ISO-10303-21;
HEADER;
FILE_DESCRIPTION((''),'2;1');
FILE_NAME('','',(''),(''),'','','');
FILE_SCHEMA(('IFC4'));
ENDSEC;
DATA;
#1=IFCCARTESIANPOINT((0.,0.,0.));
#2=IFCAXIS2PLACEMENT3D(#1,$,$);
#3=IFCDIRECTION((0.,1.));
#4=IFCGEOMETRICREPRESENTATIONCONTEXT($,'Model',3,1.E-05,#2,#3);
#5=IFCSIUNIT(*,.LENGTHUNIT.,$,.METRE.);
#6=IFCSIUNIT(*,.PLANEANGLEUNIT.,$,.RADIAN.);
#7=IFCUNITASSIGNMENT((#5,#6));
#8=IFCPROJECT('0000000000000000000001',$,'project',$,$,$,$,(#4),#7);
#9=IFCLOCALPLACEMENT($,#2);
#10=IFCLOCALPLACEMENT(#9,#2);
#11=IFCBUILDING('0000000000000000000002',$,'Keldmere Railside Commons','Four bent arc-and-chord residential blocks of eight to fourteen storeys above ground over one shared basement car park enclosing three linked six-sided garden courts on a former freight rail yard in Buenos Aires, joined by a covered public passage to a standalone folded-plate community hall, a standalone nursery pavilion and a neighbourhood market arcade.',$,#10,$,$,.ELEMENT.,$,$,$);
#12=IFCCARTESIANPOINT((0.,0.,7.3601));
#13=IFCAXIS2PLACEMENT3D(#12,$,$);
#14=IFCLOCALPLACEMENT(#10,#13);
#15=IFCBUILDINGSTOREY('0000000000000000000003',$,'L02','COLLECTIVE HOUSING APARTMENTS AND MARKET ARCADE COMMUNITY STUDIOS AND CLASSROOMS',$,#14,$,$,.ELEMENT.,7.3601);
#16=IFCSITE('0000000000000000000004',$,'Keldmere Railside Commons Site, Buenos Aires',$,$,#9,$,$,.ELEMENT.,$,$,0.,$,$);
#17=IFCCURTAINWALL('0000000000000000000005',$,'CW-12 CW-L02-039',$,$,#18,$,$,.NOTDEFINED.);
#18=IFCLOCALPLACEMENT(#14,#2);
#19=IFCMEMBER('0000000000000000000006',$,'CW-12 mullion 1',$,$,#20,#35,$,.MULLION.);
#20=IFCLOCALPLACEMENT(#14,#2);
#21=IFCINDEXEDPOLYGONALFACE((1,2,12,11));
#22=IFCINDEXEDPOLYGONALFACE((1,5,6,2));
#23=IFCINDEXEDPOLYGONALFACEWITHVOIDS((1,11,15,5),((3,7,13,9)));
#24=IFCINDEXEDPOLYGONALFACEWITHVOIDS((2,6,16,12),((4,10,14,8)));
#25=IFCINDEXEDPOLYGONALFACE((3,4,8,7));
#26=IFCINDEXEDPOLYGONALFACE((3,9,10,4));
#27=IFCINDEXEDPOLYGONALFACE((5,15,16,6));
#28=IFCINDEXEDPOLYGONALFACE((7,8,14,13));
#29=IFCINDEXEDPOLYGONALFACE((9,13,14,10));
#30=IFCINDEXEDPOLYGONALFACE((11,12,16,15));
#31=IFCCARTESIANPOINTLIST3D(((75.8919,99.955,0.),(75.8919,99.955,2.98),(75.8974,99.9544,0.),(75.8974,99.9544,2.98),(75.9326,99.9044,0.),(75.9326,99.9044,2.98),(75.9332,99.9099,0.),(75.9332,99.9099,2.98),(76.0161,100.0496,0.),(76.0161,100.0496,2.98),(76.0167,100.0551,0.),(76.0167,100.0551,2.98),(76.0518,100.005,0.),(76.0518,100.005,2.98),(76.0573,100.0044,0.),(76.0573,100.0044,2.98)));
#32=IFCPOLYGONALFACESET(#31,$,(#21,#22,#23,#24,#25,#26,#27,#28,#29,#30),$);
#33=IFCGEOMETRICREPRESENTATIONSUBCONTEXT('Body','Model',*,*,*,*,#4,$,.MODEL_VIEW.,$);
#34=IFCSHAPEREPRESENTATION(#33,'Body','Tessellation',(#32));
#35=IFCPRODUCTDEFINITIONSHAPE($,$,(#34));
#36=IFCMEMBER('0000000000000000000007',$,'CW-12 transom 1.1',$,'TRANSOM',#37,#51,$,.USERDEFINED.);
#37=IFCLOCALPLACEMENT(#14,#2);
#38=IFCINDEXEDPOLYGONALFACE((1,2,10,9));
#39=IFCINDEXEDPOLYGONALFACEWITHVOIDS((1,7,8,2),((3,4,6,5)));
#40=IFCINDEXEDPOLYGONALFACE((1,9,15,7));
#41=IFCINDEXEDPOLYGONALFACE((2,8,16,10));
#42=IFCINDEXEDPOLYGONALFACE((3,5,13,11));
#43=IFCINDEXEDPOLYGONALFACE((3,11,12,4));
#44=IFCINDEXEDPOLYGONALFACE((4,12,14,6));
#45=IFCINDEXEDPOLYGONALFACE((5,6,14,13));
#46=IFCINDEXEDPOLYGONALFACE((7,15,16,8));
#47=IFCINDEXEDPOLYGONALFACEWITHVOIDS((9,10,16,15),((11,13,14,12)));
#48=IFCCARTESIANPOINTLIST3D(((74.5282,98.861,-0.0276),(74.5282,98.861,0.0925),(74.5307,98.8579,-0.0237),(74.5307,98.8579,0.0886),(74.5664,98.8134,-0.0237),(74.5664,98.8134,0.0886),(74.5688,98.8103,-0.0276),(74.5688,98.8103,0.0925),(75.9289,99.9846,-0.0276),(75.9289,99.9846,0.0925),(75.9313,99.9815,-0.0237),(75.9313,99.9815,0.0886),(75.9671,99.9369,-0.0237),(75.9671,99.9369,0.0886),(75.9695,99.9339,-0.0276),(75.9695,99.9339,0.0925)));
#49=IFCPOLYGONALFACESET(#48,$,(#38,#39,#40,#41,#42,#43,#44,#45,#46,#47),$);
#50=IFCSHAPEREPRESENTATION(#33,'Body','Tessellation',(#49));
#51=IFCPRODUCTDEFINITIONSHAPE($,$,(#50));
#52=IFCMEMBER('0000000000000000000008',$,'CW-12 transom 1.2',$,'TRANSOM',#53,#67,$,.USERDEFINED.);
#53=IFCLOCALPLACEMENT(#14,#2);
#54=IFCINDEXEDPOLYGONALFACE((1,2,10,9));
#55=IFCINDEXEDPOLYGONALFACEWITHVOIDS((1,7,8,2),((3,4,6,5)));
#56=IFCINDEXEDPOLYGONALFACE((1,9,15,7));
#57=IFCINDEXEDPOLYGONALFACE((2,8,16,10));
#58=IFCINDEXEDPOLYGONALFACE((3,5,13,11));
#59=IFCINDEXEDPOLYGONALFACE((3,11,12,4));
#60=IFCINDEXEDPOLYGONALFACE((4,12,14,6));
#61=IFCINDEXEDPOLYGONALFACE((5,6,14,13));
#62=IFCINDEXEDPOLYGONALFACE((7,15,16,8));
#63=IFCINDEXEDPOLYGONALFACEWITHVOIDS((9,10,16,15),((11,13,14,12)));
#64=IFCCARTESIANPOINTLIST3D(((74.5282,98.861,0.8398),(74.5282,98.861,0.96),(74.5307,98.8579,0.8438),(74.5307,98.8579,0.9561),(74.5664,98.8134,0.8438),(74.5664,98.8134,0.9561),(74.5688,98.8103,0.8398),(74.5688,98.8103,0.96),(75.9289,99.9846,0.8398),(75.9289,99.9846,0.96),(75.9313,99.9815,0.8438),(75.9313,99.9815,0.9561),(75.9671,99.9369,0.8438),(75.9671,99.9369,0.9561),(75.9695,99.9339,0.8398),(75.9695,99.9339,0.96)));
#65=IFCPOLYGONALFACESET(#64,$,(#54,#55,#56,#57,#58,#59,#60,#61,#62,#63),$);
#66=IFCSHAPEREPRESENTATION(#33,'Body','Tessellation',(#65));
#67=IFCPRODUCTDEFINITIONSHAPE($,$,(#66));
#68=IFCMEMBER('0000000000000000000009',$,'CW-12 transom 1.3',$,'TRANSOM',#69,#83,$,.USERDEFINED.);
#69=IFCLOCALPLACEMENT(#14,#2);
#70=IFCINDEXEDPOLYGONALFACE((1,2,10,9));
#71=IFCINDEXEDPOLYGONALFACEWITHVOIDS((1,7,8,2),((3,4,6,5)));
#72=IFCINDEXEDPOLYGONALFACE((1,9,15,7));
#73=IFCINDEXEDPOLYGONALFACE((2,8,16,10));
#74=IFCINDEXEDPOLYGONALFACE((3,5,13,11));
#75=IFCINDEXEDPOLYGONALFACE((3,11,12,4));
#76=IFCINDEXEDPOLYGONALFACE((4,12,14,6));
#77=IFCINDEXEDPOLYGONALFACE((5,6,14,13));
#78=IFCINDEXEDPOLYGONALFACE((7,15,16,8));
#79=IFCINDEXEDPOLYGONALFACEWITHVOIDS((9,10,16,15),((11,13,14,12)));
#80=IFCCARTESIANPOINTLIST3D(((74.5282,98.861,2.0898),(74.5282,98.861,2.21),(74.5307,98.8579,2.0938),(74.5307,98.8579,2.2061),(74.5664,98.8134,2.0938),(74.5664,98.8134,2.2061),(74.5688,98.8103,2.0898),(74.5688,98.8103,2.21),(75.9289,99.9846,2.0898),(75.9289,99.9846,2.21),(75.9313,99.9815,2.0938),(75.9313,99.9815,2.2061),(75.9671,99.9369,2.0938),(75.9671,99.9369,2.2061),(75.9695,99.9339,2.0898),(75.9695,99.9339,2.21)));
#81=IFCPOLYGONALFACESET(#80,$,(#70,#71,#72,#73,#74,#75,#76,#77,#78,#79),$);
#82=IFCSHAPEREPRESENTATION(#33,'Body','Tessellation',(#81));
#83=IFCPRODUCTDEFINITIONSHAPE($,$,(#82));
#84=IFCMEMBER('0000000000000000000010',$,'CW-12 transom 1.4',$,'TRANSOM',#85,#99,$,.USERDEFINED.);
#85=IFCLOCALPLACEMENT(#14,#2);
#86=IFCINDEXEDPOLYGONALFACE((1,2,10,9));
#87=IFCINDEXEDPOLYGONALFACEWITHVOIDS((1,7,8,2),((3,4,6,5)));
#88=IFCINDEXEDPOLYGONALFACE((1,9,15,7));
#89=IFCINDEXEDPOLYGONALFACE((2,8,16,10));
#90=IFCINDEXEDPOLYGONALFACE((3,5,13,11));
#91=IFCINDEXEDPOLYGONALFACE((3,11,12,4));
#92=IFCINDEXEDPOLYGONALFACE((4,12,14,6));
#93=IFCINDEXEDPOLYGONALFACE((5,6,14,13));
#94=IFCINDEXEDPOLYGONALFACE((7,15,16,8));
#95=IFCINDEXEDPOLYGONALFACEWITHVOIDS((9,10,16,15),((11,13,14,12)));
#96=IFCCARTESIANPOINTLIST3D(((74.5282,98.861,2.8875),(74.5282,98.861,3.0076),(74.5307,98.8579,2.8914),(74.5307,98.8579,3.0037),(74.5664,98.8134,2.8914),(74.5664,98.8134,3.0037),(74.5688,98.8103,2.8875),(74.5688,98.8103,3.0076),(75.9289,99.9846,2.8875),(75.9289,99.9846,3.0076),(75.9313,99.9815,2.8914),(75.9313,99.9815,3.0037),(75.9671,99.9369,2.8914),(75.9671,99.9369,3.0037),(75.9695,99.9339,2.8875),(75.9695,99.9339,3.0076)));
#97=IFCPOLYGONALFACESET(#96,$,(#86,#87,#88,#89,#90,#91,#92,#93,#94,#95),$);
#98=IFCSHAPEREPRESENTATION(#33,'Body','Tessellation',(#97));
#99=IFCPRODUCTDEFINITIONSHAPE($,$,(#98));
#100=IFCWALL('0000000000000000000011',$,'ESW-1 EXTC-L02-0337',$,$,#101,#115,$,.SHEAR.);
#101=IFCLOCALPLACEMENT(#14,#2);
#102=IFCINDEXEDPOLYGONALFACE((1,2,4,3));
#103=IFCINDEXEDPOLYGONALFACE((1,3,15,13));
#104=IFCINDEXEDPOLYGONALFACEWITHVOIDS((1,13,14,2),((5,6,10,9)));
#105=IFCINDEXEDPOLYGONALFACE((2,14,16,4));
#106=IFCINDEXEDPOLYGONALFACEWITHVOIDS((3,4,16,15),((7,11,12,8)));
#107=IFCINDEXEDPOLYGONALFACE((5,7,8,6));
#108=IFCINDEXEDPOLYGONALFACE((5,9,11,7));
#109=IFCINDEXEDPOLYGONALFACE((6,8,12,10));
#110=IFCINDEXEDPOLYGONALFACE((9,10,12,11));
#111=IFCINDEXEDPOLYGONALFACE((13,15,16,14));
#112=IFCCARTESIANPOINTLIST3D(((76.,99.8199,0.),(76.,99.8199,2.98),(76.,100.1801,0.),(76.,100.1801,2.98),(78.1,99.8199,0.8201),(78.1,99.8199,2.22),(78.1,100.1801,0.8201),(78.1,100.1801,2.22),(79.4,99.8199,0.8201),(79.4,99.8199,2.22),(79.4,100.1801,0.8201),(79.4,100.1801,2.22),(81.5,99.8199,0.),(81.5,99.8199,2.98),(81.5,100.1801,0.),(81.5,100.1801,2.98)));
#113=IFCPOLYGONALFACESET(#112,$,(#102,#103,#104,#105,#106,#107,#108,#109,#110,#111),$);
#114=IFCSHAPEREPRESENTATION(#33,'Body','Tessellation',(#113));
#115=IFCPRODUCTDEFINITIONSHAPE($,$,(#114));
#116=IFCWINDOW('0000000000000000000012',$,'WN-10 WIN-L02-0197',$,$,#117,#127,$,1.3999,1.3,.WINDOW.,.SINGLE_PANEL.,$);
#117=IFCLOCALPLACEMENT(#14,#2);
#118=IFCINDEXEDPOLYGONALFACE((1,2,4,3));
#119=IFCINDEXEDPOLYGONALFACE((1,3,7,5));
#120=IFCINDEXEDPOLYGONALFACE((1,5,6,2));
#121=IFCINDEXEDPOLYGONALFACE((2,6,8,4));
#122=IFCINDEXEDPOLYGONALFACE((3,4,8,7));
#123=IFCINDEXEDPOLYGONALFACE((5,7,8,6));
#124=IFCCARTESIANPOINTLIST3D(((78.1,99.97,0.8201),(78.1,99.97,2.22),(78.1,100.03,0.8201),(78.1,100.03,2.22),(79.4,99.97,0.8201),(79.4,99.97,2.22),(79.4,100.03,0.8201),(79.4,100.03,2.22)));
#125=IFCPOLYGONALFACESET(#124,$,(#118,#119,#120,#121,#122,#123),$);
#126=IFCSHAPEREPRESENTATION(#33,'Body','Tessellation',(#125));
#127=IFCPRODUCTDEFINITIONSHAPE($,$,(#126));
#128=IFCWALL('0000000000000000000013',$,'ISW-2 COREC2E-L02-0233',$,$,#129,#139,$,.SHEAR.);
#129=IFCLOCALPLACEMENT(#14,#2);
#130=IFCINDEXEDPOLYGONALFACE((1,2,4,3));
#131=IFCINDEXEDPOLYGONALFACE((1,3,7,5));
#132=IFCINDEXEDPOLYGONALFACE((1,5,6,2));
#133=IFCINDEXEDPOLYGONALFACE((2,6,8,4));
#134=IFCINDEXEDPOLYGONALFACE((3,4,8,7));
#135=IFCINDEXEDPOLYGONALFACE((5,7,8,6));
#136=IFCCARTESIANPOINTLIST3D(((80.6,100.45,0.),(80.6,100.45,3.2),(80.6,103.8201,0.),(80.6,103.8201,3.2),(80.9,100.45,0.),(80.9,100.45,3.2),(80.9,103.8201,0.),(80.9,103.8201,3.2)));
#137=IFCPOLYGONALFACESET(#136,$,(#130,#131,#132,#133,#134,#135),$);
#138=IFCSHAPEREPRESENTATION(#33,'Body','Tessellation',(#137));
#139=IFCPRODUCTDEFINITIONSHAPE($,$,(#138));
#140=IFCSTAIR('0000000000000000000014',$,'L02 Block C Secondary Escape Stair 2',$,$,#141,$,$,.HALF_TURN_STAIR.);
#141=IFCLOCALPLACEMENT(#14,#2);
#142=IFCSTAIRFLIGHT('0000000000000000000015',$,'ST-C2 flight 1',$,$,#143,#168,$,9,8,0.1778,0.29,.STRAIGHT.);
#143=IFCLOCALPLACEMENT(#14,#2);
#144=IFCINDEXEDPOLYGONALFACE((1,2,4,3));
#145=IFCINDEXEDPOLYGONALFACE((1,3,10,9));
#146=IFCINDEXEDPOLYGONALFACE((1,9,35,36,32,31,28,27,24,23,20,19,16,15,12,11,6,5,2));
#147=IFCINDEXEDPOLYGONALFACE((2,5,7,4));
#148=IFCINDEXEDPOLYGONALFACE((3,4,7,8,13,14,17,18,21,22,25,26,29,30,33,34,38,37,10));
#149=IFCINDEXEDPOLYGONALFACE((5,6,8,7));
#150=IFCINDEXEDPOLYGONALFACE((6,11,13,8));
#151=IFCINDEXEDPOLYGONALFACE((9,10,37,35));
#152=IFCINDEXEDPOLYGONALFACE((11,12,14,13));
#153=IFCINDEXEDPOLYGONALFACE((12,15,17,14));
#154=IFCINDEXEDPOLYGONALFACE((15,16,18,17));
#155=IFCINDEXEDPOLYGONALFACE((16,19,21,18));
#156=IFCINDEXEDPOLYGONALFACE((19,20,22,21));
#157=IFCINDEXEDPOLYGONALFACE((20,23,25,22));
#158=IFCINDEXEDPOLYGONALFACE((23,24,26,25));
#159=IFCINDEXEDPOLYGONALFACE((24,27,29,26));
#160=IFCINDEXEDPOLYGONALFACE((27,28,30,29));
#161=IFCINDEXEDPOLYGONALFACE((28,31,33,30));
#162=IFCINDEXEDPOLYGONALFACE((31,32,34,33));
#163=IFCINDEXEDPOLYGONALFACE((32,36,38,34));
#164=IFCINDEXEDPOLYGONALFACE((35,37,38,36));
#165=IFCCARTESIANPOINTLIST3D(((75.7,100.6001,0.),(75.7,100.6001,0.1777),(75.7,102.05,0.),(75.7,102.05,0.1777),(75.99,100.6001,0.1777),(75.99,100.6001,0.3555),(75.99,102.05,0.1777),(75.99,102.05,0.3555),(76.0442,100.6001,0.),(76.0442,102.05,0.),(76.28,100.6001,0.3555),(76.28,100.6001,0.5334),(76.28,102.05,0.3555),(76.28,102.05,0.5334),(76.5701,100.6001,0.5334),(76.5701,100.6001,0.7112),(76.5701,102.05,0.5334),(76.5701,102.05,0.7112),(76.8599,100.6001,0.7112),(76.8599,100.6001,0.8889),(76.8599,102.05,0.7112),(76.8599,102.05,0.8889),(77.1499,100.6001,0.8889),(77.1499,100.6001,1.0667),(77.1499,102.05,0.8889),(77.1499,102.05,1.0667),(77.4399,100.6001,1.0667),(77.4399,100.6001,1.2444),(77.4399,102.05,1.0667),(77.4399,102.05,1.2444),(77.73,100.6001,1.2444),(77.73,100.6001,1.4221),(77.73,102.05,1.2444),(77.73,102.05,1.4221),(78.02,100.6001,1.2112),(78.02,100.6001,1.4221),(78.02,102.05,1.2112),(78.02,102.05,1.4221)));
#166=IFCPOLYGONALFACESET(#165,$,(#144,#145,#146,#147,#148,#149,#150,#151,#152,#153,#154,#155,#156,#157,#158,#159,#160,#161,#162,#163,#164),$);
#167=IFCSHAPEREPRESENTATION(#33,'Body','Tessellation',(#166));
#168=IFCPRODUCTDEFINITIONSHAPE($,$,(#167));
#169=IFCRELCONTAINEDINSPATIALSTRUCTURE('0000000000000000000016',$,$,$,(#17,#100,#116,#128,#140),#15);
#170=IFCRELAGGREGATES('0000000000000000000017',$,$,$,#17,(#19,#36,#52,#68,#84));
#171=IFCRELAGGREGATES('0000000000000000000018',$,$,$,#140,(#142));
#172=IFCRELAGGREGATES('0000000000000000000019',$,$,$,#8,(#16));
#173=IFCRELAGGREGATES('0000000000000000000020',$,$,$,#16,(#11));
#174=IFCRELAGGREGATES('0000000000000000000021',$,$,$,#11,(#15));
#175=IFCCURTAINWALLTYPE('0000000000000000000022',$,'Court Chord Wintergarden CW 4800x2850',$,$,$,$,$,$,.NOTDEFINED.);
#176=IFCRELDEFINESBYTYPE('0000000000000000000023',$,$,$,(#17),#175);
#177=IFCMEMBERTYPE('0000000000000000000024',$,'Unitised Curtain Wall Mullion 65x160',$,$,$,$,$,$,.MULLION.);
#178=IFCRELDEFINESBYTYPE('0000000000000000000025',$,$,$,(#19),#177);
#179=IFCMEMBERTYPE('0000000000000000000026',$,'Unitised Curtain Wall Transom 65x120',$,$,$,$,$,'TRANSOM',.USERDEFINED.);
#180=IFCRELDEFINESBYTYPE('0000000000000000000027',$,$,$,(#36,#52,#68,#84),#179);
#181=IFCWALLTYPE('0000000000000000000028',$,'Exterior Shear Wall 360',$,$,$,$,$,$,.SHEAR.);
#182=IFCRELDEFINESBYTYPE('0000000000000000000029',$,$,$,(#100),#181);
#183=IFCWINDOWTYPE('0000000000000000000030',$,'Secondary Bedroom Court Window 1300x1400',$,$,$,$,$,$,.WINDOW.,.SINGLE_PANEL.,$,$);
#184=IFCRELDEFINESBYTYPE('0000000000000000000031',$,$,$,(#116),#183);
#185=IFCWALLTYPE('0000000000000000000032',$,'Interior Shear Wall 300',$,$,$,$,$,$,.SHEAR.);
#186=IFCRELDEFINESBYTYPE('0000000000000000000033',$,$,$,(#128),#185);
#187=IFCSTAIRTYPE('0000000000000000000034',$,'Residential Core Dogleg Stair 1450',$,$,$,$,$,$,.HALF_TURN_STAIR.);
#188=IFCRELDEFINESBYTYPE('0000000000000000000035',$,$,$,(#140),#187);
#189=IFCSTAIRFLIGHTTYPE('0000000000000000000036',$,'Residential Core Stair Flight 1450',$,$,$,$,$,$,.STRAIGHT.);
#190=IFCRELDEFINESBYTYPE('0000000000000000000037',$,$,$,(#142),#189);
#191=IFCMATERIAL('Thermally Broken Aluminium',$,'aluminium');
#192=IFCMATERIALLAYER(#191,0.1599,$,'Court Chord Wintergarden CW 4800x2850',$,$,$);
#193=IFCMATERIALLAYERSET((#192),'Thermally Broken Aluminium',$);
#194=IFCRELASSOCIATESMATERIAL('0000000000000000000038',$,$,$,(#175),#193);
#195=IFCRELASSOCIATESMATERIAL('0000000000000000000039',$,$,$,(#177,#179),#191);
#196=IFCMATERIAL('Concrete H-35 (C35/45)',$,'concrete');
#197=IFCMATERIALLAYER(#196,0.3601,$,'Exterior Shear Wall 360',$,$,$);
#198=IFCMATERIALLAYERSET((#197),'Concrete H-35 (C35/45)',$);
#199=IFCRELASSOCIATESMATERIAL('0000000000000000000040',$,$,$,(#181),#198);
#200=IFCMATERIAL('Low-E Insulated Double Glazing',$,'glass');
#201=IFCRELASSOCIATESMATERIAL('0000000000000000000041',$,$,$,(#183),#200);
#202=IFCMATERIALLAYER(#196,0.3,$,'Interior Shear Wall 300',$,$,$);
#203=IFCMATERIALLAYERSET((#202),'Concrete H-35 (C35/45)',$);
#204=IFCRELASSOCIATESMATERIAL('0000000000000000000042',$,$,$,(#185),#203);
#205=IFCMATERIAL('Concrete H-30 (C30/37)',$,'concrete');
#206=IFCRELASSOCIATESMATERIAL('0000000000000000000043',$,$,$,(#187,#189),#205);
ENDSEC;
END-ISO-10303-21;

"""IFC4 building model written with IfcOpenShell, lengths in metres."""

from ifc_helpers import new_model, si_unit, direction, frame, frame_2d, origin, origin_2d, place, context, subcontext, project, spatial, polyline, rectangle, hollow_rectangle, outline, extrude, material, layer, layer_set, material_profile, profile_set, type_object, element, fill, aggregate, save


model = new_model("IFC4")

# Units and contexts
model_context = context("Model", 3, precision=1e-05, world=origin(), true_north=direction((0.0, 1.0)))
body_context = subcontext(model_context, "Body", "Model", "MODEL_VIEW")
ifc_project = project(units=[si_unit("LENGTHUNIT", "METRE"), si_unit("PLANEANGLEUNIT", "RADIAN")], contexts=[model_context])

# Site, building, storey
site_placement = place(None, origin())
site = spatial("IfcSite", under=ifc_project, at=site_placement, Name="Keldmere Railside Commons Site, Buenos Aires", CompositionType="ELEMENT", RefElevation=0.0)
building_placement = place(site_placement, origin())
building = spatial("IfcBuilding", under=site, at=building_placement, Name="Keldmere Railside Commons", Description="Four bent arc-and-chord residential blocks of eight to fourteen storeys above ground over one shared basement car park enclosing three linked six-sided garden courts on a former freight rail yard in Buenos Aires, joined by a covered public passage to a standalone folded-plate community hall, a standalone nursery pavilion and a neighbourhood market arcade.", CompositionType="ELEMENT")
storey_placement = place(building_placement, frame((0.0, 0.0, 7.3601)))
storey = spatial("IfcBuildingStorey", under=building, at=storey_placement, Name="L02", Description="COLLECTIVE HOUSING APARTMENTS AND MARKET ARCADE COMMUNITY STUDIOS AND CLASSROOMS", CompositionType="ELEMENT", Elevation=7.3601)

# Curtain wall, members
ifc_material_1 = material(Name="Thermally Broken Aluminium", Category="aluminium")
ifc_layer_1 = layer(ifc_material_1, 0.1599, Name="Court Chord Wintergarden CW 4800x2850")
ifc_layer_set_1 = layer_set([ifc_layer_1], Name="Thermally Broken Aluminium")
curtain_wall_type = type_object("IfcCurtainWallType", Name="Court Chord Wintergarden CW 4800x2850", PredefinedType="NOTDEFINED", material=ifc_layer_set_1)
curtain_wall_placement = place(storey_placement, origin())
curtain_wall = element("IfcCurtainWall", 1, at=curtain_wall_placement, inside=storey, type_object=curtain_wall_type, Name="CW-12 CW-L02-039", PredefinedType="NOTDEFINED")
ifc_material_profile_1 = material_profile(ifc_material_1, hollow_rectangle(XDim=0.0649, YDim=0.1599, WallThickness=0.0039, at=origin_2d()), Name="ALU-MULL-65x160")
ifc_profile_set_1 = profile_set([ifc_material_profile_1], Name="Thermally Broken Aluminium")
member_type_1 = type_object("IfcMemberType", Name="Unitised Curtain Wall Mullion 65x160", PredefinedType="MULLION", material=ifc_profile_set_1)
member_1_placement = place(storey_placement, frame((75.9746, 99.9797, 0.0), z_axis=(0.0, 0.0, 1.0), x_axis=(0.625768, -0.780009, 0.0)))
member_1 = element("IfcMember", 2, at=member_1_placement, type_object=member_type_1, Name="CW-12 mullion 1", PredefinedType="MULLION", context=body_context, shape_type="SweptSolid", body=[
    extrude(hollow_rectangle(XDim=0.0649, YDim=0.1599, WallThickness=0.0039, at=origin_2d()), origin(), (0.0, 0.0, 1.0), 2.98),
])
ifc_material_profile_2 = material_profile(ifc_material_1, hollow_rectangle(XDim=0.0649, YDim=0.1201, WallThickness=0.0039, at=origin_2d()), Name="ALU-TRAN-65x120")
ifc_profile_set_2 = profile_set([ifc_material_profile_2], Name="Thermally Broken Aluminium")
member_type_2 = type_object("IfcMemberType", Name="Unitised Curtain Wall Transom 65x120", ElementType="TRANSOM", PredefinedType="USERDEFINED", material=ifc_profile_set_2)
member_2_placement = place(storey_placement, frame((75.9492, 99.9592, 0.0325), z_axis=(-0.780046, -0.625723, 0.0), x_axis=(0.625723, -0.780046, 0.0)))
member_2 = element("IfcMember", 3, at=member_2_placement, type_object=member_type_2, Name="CW-12 transom 1.1", ObjectType="TRANSOM", PredefinedType="USERDEFINED", context=body_context, shape_type="SweptSolid", body=[
    extrude(hollow_rectangle(XDim=0.0649, YDim=0.1201, WallThickness=0.0039, at=origin_2d()), origin(), (0.0, 0.0, 1.0), 1.7957),
])
member_3_placement = place(storey_placement, frame((75.9492, 99.9592, 0.8999), z_axis=(-0.780046, -0.625723, 0.0), x_axis=(0.625723, -0.780046, 0.0)))
member_3 = element("IfcMember", 4, at=member_3_placement, type_object=member_type_2, Name="CW-12 transom 1.2", ObjectType="TRANSOM", PredefinedType="USERDEFINED", context=body_context, shape_type="SweptSolid", body=[
    extrude(hollow_rectangle(XDim=0.0649, YDim=0.1201, WallThickness=0.0039, at=origin_2d()), origin(), (0.0, 0.0, 1.0), 1.7957),
])
member_4_placement = place(storey_placement, frame((75.9492, 99.9592, 2.1499), z_axis=(-0.780046, -0.625723, 0.0), x_axis=(0.625723, -0.780046, 0.0)))
member_4 = element("IfcMember", 5, at=member_4_placement, type_object=member_type_2, Name="CW-12 transom 1.3", ObjectType="TRANSOM", PredefinedType="USERDEFINED", context=body_context, shape_type="SweptSolid", body=[
    extrude(hollow_rectangle(XDim=0.0649, YDim=0.1201, WallThickness=0.0039, at=origin_2d()), origin(), (0.0, 0.0, 1.0), 1.7957),
])
member_5_placement = place(storey_placement, frame((75.9492, 99.9592, 2.9475), z_axis=(-0.780046, -0.625723, 0.0), x_axis=(0.625723, -0.780046, 0.0)))
member_5 = element("IfcMember", 6, at=member_5_placement, type_object=member_type_2, Name="CW-12 transom 1.4", ObjectType="TRANSOM", PredefinedType="USERDEFINED", context=body_context, shape_type="SweptSolid", body=[
    extrude(hollow_rectangle(XDim=0.0649, YDim=0.1201, WallThickness=0.0039, at=origin_2d()), origin(), (0.0, 0.0, 1.0), 1.7957),
])
aggregate(curtain_wall, [member_1, member_2, member_3, member_4, member_5])

# Wall, opening, window
ifc_material_2 = material(Name="Concrete H-35 (C35/45)", Category="concrete")
ifc_layer_2 = layer(ifc_material_2, 0.3601, Name="Exterior Shear Wall 360")
ifc_layer_set_2 = layer_set([ifc_layer_2], Name="Concrete H-35 (C35/45)")
wall_type_1 = type_object("IfcWallType", Name="Exterior Shear Wall 360", PredefinedType="SHEAR", material=ifc_layer_set_2)
wall_1_placement = place(storey_placement, frame((81.5, 100.0, 0.0), z_axis=(0.0, 0.0, 1.0), x_axis=(-1.0, 0.0, 0.0)))
wall_1 = element("IfcWall", 7, at=wall_1_placement, inside=storey, type_object=wall_type_1, Name="ESW-1 EXTC-L02-0337", PredefinedType="SHEAR", context=body_context, shape_type="SweptSolid", body=[
    extrude(rectangle(XDim=5.5, YDim=0.3601, at=frame_2d((2.75, 0.0))), origin(), (0.0, 0.0, 1.0), 2.98),
])
opening_placement = place(wall_1_placement, frame((2.1001, 0.0, 0.8201)))
opening = element("IfcOpeningElement", 8, at=opening_placement, cuts=wall_1, PredefinedType="OPENING", context=body_context, shape_type="SweptSolid", body=[
    extrude(rectangle(XDim=1.3, YDim=1.3999, at=frame_2d((0.6499, 0.7))), frame((0.0, 0.1899, 0.0), z_axis=(0.0, -1.0, 0.0), x_axis=(1.0, 0.0, 0.0)), (0.0, 0.0, 1.0), 0.3801),
])
ifc_material_3 = material(Name="Low-E Insulated Double Glazing", Category="glass")
window_type = type_object("IfcWindowType", Name="Secondary Bedroom Court Window 1300x1400", PartitioningType="SINGLE_PANEL", PredefinedType="WINDOW", material=ifc_material_3)
window_placement = place(opening_placement, origin())
window = element("IfcWindow", 9, at=window_placement, inside=storey, type_object=window_type, Name="WN-10 WIN-L02-0197", OverallHeight=1.3999, OverallWidth=1.3, PartitioningType="SINGLE_PANEL", PredefinedType="WINDOW", context=body_context, shape_type="SweptSolid", body=[
    extrude(rectangle(XDim=1.3, YDim=1.3999, at=frame_2d((0.6499, 0.7))), frame((0.0, 0.03, 0.0), z_axis=(0.0, -1.0, 0.0), x_axis=(1.0, 0.0, 0.0)), (0.0, 0.0, 1.0), 0.0601),
])
fill(opening, window)

# Wall
ifc_layer_3 = layer(ifc_material_2, 0.3, Name="Interior Shear Wall 300")
ifc_layer_set_3 = layer_set([ifc_layer_3], Name="Concrete H-35 (C35/45)")
wall_type_2 = type_object("IfcWallType", Name="Interior Shear Wall 300", PredefinedType="SHEAR", material=ifc_layer_set_3)
wall_2_placement = place(storey_placement, frame((80.75, 100.45, 0.0), z_axis=(0.0, 0.0, 1.0), x_axis=(0.0, 1.0, 0.0)))
element("IfcWall", 10, at=wall_2_placement, inside=storey, type_object=wall_type_2, Name="ISW-2 COREC2E-L02-0233", PredefinedType="SHEAR", context=body_context, shape_type="SweptSolid", body=[
    extrude(rectangle(XDim=3.3701, YDim=0.3, at=frame_2d((1.6851, 0.0))), origin(), (0.0, 0.0, 1.0), 3.2),
])

# Stair, stair flight
ifc_material_4 = material(Name="Concrete H-30 (C30/37)", Category="concrete")
stair_type = type_object("IfcStairType", Name="Residential Core Dogleg Stair 1450", PredefinedType="HALF_TURN_STAIR", material=ifc_material_4)
stair_placement = place(storey_placement, origin())
stair = element("IfcStair", 11, at=stair_placement, inside=storey, type_object=stair_type, Name="L02 Block C Secondary Escape Stair 2", PredefinedType="HALF_TURN_STAIR")
stair_flight_type = type_object("IfcStairFlightType", Name="Residential Core Stair Flight 1450", PredefinedType="STRAIGHT", material=ifc_material_4)
stair_flight_placement = place(storey_placement, frame((75.7, 101.325, 0.0), z_axis=(0.0, 0.0, 1.0), x_axis=(1.0, 0.0, 0.0)))
stair_flight = element("IfcStairFlight", 12, at=stair_flight_placement, type_object=stair_flight_type, Name="ST-C2 flight 1", NumberOfRisers=9, NumberOfTreads=8, PredefinedType="STRAIGHT", RiserHeight=0.1778, TreadLength=0.29, context=body_context, shape_type="SweptSolid", body=[
    extrude(outline(polyline([(0.0, 0.0), (0.0, 0.1777), (0.29, 0.1777), (0.29, 0.3555), (0.5801, 0.3555), (0.5801, 0.5334), (0.8701, 0.5334), (0.8701, 0.7112), (1.1599, 0.7112), (1.1599, 0.8889), (1.45, 0.8889), (1.45, 1.0667), (1.74, 1.0667), (1.74, 1.2444), (2.03, 1.2444), (2.03, 1.4221), (2.3201, 1.4221), (2.3201, 1.6001), (2.3201, 1.2112), (0.3442, 0.0), (0.0, 0.0)])), frame((0.0, 0.7251, 0.0), z_axis=(0.0, -1.0, 0.0), x_axis=(1.0, 0.0, 0.0)), (0.0, 0.0, 1.0), 1.45),
])
aggregate(stair, [stair_flight])

save(model, "model.ifc")
